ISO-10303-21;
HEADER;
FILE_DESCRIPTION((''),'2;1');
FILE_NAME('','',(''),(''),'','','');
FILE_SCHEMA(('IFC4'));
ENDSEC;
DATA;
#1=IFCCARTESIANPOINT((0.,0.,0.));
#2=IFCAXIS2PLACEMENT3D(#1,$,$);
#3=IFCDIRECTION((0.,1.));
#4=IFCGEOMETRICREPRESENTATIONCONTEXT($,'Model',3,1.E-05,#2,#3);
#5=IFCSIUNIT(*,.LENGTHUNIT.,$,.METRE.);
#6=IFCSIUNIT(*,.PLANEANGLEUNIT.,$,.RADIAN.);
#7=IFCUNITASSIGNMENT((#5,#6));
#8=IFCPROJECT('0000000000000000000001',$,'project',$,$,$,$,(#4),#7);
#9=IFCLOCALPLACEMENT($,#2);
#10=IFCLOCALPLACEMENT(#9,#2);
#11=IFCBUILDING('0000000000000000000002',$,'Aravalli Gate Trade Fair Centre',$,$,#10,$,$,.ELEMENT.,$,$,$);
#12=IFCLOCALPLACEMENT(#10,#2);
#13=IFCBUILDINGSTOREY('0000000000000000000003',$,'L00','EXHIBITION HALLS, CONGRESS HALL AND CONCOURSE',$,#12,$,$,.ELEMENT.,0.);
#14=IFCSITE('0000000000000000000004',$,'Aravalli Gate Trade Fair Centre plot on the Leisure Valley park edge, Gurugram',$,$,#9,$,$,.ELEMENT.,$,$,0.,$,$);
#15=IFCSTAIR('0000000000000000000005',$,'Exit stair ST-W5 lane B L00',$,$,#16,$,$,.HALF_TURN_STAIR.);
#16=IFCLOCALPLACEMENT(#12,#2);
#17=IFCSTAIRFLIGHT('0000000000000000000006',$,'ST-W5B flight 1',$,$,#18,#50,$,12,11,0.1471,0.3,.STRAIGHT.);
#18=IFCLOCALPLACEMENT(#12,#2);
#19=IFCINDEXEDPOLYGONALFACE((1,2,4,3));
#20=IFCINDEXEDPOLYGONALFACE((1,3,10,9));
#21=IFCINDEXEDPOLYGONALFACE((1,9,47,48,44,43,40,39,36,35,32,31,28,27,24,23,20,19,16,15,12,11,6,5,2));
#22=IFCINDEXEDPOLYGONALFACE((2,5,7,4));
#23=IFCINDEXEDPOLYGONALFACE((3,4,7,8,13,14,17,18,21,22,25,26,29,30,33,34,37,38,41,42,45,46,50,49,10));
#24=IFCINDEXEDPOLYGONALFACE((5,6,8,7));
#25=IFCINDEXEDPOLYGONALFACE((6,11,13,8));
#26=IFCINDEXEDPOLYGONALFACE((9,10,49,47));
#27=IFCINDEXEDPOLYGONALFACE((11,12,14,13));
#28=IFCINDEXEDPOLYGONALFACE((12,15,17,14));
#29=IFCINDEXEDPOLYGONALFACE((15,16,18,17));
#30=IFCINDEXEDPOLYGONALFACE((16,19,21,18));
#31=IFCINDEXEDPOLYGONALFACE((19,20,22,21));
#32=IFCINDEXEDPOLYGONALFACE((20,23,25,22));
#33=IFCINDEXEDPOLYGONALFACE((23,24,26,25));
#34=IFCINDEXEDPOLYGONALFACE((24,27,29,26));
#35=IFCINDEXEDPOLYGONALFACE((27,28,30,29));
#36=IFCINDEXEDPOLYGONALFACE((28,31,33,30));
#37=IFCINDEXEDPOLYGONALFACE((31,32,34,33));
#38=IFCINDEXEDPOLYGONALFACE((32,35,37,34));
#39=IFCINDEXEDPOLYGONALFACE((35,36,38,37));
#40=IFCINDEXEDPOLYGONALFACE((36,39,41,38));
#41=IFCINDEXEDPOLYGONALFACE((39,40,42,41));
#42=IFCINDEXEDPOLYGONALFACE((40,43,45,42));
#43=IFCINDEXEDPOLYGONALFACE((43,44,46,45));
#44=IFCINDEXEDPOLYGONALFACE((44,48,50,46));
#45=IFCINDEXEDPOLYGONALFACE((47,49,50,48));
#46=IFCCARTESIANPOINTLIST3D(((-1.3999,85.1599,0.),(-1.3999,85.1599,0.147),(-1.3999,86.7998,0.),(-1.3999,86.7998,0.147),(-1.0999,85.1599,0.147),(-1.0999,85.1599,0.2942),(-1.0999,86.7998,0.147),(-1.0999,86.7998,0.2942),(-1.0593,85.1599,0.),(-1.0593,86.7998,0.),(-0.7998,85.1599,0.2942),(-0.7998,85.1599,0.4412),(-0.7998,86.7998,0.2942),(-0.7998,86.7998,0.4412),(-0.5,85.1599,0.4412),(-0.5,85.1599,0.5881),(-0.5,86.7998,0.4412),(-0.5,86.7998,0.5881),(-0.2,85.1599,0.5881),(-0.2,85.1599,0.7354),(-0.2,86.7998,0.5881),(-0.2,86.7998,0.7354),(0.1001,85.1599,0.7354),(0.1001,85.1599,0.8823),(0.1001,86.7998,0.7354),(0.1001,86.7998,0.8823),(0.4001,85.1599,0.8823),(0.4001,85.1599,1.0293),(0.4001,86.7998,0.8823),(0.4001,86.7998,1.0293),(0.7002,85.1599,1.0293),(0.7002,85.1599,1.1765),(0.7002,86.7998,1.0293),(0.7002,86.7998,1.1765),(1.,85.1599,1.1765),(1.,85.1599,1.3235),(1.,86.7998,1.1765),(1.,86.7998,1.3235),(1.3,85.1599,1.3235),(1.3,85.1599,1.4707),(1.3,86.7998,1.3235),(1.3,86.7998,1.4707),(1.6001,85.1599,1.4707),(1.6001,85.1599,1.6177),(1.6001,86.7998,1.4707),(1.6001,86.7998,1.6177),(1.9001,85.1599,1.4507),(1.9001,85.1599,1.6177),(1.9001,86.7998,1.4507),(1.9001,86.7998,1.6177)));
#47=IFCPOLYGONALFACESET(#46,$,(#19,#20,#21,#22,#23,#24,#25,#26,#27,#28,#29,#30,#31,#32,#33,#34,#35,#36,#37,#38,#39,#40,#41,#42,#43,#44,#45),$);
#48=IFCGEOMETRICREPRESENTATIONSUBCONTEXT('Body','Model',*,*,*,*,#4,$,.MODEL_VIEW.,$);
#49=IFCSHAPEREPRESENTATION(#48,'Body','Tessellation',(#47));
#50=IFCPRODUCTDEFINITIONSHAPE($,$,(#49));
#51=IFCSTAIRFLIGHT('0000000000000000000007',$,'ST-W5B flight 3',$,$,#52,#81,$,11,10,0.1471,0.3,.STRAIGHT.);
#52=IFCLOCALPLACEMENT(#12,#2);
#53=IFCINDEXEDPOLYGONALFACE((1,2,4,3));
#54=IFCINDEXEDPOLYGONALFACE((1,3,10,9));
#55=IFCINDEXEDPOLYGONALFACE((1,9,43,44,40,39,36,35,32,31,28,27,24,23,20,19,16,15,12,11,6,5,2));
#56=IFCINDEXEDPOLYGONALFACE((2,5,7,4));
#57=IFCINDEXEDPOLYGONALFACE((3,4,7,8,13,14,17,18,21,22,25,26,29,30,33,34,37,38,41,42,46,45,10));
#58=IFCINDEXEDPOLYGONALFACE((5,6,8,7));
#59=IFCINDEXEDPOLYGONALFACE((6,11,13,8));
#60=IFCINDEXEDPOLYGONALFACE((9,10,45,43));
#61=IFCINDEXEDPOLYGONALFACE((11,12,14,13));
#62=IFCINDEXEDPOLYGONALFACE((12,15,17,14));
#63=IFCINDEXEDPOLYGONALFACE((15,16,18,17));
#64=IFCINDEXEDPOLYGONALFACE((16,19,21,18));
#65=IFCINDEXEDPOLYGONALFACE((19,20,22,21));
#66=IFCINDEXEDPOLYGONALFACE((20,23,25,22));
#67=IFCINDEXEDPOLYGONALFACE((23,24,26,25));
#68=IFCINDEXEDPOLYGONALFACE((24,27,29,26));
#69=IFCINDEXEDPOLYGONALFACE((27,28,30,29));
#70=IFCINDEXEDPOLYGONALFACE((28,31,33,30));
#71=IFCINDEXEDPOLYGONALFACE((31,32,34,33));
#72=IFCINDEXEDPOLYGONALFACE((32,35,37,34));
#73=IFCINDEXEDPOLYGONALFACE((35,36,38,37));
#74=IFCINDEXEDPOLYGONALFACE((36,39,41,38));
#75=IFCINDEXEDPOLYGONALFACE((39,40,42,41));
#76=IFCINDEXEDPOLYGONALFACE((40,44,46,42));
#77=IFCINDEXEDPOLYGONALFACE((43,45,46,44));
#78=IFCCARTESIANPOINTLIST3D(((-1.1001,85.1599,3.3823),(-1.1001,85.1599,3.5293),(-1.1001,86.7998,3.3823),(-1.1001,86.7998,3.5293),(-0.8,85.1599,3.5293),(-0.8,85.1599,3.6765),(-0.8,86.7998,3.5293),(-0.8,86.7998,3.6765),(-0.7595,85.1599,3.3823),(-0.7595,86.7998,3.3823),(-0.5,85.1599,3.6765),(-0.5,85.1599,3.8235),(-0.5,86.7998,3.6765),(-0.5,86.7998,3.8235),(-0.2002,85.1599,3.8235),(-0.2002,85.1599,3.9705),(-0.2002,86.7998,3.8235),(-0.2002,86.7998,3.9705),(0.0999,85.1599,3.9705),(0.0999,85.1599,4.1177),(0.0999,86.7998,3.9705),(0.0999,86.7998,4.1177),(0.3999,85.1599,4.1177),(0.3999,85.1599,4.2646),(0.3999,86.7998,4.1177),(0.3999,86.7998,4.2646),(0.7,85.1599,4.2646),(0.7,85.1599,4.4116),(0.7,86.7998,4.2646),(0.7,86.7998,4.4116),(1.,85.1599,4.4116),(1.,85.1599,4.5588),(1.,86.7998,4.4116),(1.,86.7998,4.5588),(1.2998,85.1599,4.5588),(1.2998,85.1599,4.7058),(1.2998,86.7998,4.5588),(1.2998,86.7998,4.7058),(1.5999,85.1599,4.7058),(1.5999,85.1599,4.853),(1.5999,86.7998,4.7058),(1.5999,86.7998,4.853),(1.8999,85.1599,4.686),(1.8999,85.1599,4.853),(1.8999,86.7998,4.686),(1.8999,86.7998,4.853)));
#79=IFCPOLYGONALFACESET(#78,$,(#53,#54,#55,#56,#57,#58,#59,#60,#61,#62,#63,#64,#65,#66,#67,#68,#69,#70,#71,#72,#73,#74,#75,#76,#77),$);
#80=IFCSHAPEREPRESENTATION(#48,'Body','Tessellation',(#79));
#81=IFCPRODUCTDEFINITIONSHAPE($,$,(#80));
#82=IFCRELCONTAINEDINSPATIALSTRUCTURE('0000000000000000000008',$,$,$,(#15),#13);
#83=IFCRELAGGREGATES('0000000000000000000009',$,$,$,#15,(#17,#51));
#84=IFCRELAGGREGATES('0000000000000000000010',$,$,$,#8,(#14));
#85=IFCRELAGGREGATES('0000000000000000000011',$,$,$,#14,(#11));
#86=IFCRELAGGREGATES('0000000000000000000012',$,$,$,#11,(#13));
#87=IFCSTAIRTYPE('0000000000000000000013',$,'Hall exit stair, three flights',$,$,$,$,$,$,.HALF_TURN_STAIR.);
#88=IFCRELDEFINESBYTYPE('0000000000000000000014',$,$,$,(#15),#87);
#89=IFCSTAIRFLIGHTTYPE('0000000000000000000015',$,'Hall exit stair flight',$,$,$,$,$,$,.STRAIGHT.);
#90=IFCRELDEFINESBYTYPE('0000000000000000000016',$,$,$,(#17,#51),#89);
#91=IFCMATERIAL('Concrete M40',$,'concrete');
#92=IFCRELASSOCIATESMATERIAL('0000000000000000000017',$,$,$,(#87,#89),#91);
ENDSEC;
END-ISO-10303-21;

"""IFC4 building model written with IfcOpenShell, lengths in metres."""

from ifc_helpers import new_model, si_unit, direction, frame, origin, place, context, subcontext, project, spatial, polyline, outline, extrude, material, type_object, element, aggregate, save


model = new_model("IFC4")

# Units and contexts
model_context = context("Model", 3, precision=1e-05, world=origin(), true_north=direction((0.0, 1.0)))
body_context = subcontext(model_context, "Body", "Model", "MODEL_VIEW")
ifc_project = project(units=[si_unit("LENGTHUNIT", "METRE"), si_unit("PLANEANGLEUNIT", "RADIAN")], contexts=[model_context])

# Site, building, storey
site_placement = place(None, origin())
site = spatial("IfcSite", under=ifc_project, at=site_placement, Name="Aravalli Gate Trade Fair Centre plot on the Leisure Valley park edge, Gurugram", CompositionType="ELEMENT", RefElevation=0.0)
building_placement = place(site_placement, origin())
building = spatial("IfcBuilding", under=site, at=building_placement, Name="Aravalli Gate Trade Fair Centre", CompositionType="ELEMENT")
storey_placement = place(building_placement, origin())
storey = spatial("IfcBuildingStorey", under=building, at=storey_placement, Name="L00", Description="EXHIBITION HALLS, CONGRESS HALL AND CONCOURSE", CompositionType="ELEMENT", Elevation=0.0)

# Shared definitions
ifc_material_1 = material(Name="Concrete M40", Category="concrete")

# Stair, stair flights
stair_type = type_object("IfcStairType", Name="Hall exit stair, three flights", PredefinedType="HALF_TURN_STAIR", material=ifc_material_1)
stair_flight_type = type_object("IfcStairFlightType", Name="Hall exit stair flight", PredefinedType="STRAIGHT", material=ifc_material_1)
stair_1_placement = place(storey_placement, origin())
stair_1 = element("IfcStair", 1, at=stair_1_placement, inside=storey, type_object=stair_type, Name="Exit stair ST-W5 lane B L00", PredefinedType="HALF_TURN_STAIR")
stair_flight_1_placement = place(storey_placement, frame((-1.3999, 85.98, 0.0), z_axis=(0.0, 0.0, 1.0), x_axis=(1.0, 0.0, 0.0)))
stair_flight_1 = element("IfcStairFlight", 2, at=stair_flight_1_placement, type_object=stair_flight_type, Name="ST-W5B flight 1", NumberOfRisers=12, NumberOfTreads=11, PredefinedType="STRAIGHT", RiserHeight=0.1471, TreadLength=0.3, context=body_context, shape_type="SweptSolid", body=[
    extrude(outline(polyline([(0.0, 0.0), (0.0, 0.147), (0.3, 0.147), (0.3, 0.2942), (0.6001, 0.2942), (0.6001, 0.4412), (0.8999, 0.4412), (0.8999, 0.5881), (1.2, 0.5881), (1.2, 0.7354), (1.5, 0.7354), (1.5, 0.8823), (1.8, 0.8823), (1.8, 1.0293), (2.1001, 1.0293), (2.1001, 1.1765), (2.3999, 1.1765), (2.3999, 1.3235), (2.7, 1.3235), (2.7, 1.4707), (3.0, 1.4707), (3.0, 1.6177), (3.3, 1.6177), (3.3, 1.7646), (3.3, 1.4507), (0.3406, 0.0), (0.0, 0.0)])), frame((0.0, 0.8198, 0.0), z_axis=(0.0, -1.0, 0.0), x_axis=(1.0, 0.0, 0.0)), (0.0, 0.0, 1.0), 1.6399),
])
stair_flight_2_placement = place(storey_placement, frame((-1.1001, 85.98, 3.3823), z_axis=(0.0, 0.0, 1.0), x_axis=(1.0, 0.0, 0.0)))
stair_flight_2 = element("IfcStairFlight", 3, at=stair_flight_2_placement, type_object=stair_flight_type, Name="ST-W5B flight 3", NumberOfRisers=11, NumberOfTreads=10, PredefinedType="STRAIGHT", RiserHeight=0.1471, TreadLength=0.3, context=body_context, shape_type="SweptSolid", body=[
    extrude(outline(polyline([(0.0, 0.0), (0.0, 0.147), (0.3, 0.147), (0.3, 0.2942), (0.6001, 0.2942), (0.6001, 0.4412), (0.8999, 0.4412), (0.8999, 0.5881), (1.2, 0.5881), (1.2, 0.7354), (1.5, 0.7354), (1.5, 0.8823), (1.8, 0.8823), (1.8, 1.0293), (2.1001, 1.0293), (2.1001, 1.1765), (2.3999, 1.1765), (2.3999, 1.3235), (2.7, 1.3235), (2.7, 1.4707), (3.0, 1.4707), (3.0, 1.6177), (3.0, 1.3037), (0.3406, 0.0), (0.0, 0.0)])), frame((0.0, 0.8198, 0.0), z_axis=(0.0, -1.0, 0.0), x_axis=(1.0, 0.0, 0.0)), (0.0, 0.0, 1.0), 1.6399),
])
aggregate(stair_1, [stair_flight_1, stair_flight_2])

save(model, "model.ifc")
